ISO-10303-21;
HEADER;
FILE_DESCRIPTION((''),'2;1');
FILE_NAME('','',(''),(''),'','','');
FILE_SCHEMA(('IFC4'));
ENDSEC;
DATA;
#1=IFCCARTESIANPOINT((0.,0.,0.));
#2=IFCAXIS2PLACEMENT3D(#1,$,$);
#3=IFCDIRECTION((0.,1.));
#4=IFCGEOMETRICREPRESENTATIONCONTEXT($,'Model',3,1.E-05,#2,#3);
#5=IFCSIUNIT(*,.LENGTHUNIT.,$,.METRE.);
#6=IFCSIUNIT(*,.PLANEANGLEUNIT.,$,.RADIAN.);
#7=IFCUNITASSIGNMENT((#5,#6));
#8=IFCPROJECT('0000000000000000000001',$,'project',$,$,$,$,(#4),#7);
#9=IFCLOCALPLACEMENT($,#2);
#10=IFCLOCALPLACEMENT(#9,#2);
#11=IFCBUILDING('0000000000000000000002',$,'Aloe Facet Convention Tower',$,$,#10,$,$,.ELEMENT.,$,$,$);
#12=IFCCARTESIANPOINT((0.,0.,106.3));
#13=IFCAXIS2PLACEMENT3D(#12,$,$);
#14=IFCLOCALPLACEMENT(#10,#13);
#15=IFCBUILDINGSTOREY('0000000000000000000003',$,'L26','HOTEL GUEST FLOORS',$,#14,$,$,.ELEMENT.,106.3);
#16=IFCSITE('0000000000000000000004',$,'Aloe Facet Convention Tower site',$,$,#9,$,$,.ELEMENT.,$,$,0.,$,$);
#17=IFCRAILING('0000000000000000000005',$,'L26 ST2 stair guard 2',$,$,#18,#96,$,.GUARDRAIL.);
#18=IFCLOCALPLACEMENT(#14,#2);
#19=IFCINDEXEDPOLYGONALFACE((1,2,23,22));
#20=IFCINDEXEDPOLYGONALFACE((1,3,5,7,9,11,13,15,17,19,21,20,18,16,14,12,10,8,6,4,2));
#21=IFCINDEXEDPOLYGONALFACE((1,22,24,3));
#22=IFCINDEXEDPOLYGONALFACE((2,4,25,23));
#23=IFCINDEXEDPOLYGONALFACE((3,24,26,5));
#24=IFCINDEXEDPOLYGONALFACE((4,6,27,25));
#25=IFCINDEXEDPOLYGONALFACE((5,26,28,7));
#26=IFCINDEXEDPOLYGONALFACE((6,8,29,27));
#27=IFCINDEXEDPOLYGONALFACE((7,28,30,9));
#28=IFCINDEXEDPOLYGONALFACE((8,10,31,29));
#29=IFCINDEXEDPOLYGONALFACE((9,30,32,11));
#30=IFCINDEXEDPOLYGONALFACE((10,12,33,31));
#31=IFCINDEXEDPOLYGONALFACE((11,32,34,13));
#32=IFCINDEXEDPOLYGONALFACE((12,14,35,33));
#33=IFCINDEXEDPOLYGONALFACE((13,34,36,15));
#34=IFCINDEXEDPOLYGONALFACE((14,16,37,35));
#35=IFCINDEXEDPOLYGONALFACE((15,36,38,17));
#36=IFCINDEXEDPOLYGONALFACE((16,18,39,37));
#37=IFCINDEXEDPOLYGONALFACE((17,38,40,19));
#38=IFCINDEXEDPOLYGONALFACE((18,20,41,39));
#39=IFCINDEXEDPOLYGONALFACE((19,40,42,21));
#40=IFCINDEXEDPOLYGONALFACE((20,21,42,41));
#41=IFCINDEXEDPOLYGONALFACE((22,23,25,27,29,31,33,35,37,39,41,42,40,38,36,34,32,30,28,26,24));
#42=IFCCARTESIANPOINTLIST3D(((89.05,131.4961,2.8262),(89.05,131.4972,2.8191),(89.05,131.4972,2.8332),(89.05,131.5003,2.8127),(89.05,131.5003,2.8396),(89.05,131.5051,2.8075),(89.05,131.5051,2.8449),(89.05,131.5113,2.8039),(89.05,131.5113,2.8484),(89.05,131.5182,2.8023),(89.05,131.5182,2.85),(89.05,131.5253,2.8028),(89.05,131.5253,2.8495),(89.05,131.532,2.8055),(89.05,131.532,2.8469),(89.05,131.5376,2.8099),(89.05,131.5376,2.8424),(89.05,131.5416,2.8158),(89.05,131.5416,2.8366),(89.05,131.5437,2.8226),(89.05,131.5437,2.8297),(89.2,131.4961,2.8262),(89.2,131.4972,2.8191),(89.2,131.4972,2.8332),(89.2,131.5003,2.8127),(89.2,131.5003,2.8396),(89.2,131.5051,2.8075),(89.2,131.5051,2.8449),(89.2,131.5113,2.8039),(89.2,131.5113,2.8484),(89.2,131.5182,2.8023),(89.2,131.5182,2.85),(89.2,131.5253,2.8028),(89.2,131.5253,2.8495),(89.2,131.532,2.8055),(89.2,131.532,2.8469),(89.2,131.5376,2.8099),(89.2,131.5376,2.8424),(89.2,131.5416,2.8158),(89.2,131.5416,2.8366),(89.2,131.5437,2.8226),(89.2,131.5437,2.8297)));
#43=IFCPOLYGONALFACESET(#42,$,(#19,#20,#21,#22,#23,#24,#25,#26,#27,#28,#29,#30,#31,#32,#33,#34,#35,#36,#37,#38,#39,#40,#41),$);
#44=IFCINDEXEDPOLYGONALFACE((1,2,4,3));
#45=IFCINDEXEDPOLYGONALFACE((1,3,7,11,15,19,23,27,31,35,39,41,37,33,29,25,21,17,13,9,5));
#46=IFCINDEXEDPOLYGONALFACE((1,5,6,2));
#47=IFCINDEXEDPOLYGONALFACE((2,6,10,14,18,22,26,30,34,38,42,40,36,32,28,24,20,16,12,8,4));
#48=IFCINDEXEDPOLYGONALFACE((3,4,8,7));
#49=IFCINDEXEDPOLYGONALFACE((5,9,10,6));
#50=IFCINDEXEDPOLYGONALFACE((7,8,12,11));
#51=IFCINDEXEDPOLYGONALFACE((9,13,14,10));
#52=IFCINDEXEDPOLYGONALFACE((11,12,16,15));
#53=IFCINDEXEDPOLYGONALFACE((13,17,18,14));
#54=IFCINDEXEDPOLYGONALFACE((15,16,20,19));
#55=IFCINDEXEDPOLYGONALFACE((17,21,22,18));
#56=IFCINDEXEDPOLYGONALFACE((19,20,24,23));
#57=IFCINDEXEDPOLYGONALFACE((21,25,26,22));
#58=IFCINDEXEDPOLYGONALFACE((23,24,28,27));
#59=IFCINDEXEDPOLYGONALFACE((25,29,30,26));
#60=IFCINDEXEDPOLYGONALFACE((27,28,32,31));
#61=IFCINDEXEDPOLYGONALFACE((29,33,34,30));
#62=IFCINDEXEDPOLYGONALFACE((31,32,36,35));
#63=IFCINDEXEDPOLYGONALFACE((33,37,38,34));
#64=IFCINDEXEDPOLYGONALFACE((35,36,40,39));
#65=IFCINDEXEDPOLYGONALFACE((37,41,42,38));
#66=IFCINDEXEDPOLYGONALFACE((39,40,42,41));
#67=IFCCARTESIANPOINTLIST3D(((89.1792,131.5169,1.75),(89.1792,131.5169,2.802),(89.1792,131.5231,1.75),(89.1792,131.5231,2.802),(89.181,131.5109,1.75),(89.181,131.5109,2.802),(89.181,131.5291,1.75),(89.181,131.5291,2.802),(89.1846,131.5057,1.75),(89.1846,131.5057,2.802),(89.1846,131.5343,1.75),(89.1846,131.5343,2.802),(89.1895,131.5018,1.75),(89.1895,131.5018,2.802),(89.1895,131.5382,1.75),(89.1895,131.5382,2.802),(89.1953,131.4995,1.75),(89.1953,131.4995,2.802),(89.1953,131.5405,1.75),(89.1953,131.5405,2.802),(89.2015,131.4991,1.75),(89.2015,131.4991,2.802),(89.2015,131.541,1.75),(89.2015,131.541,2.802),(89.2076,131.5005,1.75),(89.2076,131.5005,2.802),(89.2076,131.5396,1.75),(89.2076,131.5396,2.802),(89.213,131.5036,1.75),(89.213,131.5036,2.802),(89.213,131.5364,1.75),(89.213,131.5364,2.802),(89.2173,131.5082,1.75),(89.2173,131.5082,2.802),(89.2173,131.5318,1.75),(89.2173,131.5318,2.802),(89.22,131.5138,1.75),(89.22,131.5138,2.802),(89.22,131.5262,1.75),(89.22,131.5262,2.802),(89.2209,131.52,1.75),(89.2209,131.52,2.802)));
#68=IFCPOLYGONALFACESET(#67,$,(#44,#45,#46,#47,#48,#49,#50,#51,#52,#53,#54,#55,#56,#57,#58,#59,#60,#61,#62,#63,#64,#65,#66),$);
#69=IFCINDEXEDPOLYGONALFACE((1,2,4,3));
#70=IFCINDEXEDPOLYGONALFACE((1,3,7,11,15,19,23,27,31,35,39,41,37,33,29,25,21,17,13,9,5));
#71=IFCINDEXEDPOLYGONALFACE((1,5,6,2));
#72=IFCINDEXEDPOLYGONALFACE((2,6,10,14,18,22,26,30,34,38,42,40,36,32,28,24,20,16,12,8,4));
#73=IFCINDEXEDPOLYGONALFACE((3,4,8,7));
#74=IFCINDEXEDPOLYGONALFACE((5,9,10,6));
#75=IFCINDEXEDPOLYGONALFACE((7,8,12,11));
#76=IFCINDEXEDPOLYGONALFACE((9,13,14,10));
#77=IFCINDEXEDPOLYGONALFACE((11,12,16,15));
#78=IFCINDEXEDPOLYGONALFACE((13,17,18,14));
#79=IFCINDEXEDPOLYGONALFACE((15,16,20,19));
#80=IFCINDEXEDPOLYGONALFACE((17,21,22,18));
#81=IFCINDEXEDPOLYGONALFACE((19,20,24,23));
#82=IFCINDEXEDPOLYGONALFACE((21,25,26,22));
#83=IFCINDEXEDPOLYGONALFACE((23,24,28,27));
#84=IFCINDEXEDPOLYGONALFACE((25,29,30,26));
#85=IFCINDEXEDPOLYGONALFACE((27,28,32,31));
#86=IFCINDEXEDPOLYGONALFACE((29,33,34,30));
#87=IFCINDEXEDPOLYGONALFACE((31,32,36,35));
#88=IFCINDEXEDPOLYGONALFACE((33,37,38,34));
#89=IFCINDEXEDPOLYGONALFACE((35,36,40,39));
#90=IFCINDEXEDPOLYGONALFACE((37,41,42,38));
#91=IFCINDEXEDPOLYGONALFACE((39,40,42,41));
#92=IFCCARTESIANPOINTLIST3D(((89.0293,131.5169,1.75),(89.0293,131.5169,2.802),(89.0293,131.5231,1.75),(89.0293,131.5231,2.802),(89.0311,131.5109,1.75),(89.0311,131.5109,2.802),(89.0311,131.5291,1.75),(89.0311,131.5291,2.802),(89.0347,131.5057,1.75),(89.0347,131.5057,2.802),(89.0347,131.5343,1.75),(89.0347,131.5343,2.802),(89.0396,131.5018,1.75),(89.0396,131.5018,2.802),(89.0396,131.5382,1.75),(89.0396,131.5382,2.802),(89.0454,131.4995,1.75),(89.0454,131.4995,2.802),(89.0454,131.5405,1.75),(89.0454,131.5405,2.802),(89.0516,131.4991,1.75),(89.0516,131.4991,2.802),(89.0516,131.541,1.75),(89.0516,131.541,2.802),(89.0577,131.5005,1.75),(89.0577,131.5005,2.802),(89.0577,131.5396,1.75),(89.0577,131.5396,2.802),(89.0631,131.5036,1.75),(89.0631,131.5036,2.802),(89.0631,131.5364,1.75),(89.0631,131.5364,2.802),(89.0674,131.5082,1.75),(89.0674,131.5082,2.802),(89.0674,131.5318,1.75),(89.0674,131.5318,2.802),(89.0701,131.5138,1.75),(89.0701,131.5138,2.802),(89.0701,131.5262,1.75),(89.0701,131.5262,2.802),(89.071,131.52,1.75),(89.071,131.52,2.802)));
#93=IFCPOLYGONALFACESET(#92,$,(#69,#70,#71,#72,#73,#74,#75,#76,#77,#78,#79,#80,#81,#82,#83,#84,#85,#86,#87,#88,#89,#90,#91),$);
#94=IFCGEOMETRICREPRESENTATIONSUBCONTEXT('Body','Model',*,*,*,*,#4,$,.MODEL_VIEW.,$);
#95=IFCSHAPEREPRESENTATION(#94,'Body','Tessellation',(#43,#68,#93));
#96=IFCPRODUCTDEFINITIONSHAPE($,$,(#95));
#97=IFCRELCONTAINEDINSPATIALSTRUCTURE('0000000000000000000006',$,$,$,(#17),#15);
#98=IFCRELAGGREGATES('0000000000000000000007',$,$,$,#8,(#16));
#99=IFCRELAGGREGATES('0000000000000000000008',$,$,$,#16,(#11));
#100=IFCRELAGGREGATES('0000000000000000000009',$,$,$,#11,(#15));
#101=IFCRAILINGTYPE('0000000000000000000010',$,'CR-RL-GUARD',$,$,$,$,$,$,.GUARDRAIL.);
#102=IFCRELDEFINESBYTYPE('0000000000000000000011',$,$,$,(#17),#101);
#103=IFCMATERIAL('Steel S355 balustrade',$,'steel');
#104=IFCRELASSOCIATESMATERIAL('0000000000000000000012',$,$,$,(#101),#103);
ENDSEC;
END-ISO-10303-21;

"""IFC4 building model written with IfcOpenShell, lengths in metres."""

from ifc_helpers import new_model, si_unit, direction, frame, origin, origin_2d, place, context, subcontext, project, spatial, circle, extrude, material, type_object, element, save


model = new_model("IFC4")

# Units and contexts
model_context = context("Model", 3, precision=1e-05, world=origin(), true_north=direction((0.0, 1.0)))
body_context = subcontext(model_context, "Body", "Model", "MODEL_VIEW")
ifc_project = project(units=[si_unit("LENGTHUNIT", "METRE"), si_unit("PLANEANGLEUNIT", "RADIAN")], contexts=[model_context])

# Site, building, storey
site_placement = place(None, origin())
site = spatial("IfcSite", under=ifc_project, at=site_placement, Name="Aloe Facet Convention Tower site", CompositionType="ELEMENT", RefElevation=0.0)
building_placement = place(site_placement, origin())
building = spatial("IfcBuilding", under=site, at=building_placement, Name="Aloe Facet Convention Tower", CompositionType="ELEMENT")
storey_placement = place(building_placement, frame((0.0, 0.0, 106.3)))
storey = spatial("IfcBuildingStorey", under=building, at=storey_placement, Name="L26", Description="HOTEL GUEST FLOORS", CompositionType="ELEMENT", Elevation=106.3)

# Railing
ifc_material_1 = material(Name="Steel S355 balustrade", Category="steel")
railing_type_1 = type_object("IfcRailingType", Name="CR-RL-GUARD", PredefinedType="GUARDRAIL", material=ifc_material_1)
railing_1_placement = place(storey_placement, frame((89.2, 131.52, 1.75)))
element("IfcRailing", 1, at=railing_1_placement, inside=storey, type_object=railing_type_1, Name="L26 ST2 stair guard 2", PredefinedType="GUARDRAIL", context=body_context, shape_type="SweptSolid", body=[
    extrude(circle(Radius=0.0239, at=origin_2d()), frame((0.0, 0.0, 1.0762), z_axis=(-1.0, 0.0, 0.0), x_axis=(0.0, -1.0, 0.0)), (0.0, 0.0, 1.0), 0.1499),
    extrude(circle(Radius=0.021, at=origin_2d()), origin(), (0.0, 0.0, 1.0), 1.052),
    extrude(circle(Radius=0.021, at=origin_2d()), frame((-0.1499, 0.0, 0.0)), (0.0, 0.0, 1.0), 1.052),
])

save(model, "model.ifc")
